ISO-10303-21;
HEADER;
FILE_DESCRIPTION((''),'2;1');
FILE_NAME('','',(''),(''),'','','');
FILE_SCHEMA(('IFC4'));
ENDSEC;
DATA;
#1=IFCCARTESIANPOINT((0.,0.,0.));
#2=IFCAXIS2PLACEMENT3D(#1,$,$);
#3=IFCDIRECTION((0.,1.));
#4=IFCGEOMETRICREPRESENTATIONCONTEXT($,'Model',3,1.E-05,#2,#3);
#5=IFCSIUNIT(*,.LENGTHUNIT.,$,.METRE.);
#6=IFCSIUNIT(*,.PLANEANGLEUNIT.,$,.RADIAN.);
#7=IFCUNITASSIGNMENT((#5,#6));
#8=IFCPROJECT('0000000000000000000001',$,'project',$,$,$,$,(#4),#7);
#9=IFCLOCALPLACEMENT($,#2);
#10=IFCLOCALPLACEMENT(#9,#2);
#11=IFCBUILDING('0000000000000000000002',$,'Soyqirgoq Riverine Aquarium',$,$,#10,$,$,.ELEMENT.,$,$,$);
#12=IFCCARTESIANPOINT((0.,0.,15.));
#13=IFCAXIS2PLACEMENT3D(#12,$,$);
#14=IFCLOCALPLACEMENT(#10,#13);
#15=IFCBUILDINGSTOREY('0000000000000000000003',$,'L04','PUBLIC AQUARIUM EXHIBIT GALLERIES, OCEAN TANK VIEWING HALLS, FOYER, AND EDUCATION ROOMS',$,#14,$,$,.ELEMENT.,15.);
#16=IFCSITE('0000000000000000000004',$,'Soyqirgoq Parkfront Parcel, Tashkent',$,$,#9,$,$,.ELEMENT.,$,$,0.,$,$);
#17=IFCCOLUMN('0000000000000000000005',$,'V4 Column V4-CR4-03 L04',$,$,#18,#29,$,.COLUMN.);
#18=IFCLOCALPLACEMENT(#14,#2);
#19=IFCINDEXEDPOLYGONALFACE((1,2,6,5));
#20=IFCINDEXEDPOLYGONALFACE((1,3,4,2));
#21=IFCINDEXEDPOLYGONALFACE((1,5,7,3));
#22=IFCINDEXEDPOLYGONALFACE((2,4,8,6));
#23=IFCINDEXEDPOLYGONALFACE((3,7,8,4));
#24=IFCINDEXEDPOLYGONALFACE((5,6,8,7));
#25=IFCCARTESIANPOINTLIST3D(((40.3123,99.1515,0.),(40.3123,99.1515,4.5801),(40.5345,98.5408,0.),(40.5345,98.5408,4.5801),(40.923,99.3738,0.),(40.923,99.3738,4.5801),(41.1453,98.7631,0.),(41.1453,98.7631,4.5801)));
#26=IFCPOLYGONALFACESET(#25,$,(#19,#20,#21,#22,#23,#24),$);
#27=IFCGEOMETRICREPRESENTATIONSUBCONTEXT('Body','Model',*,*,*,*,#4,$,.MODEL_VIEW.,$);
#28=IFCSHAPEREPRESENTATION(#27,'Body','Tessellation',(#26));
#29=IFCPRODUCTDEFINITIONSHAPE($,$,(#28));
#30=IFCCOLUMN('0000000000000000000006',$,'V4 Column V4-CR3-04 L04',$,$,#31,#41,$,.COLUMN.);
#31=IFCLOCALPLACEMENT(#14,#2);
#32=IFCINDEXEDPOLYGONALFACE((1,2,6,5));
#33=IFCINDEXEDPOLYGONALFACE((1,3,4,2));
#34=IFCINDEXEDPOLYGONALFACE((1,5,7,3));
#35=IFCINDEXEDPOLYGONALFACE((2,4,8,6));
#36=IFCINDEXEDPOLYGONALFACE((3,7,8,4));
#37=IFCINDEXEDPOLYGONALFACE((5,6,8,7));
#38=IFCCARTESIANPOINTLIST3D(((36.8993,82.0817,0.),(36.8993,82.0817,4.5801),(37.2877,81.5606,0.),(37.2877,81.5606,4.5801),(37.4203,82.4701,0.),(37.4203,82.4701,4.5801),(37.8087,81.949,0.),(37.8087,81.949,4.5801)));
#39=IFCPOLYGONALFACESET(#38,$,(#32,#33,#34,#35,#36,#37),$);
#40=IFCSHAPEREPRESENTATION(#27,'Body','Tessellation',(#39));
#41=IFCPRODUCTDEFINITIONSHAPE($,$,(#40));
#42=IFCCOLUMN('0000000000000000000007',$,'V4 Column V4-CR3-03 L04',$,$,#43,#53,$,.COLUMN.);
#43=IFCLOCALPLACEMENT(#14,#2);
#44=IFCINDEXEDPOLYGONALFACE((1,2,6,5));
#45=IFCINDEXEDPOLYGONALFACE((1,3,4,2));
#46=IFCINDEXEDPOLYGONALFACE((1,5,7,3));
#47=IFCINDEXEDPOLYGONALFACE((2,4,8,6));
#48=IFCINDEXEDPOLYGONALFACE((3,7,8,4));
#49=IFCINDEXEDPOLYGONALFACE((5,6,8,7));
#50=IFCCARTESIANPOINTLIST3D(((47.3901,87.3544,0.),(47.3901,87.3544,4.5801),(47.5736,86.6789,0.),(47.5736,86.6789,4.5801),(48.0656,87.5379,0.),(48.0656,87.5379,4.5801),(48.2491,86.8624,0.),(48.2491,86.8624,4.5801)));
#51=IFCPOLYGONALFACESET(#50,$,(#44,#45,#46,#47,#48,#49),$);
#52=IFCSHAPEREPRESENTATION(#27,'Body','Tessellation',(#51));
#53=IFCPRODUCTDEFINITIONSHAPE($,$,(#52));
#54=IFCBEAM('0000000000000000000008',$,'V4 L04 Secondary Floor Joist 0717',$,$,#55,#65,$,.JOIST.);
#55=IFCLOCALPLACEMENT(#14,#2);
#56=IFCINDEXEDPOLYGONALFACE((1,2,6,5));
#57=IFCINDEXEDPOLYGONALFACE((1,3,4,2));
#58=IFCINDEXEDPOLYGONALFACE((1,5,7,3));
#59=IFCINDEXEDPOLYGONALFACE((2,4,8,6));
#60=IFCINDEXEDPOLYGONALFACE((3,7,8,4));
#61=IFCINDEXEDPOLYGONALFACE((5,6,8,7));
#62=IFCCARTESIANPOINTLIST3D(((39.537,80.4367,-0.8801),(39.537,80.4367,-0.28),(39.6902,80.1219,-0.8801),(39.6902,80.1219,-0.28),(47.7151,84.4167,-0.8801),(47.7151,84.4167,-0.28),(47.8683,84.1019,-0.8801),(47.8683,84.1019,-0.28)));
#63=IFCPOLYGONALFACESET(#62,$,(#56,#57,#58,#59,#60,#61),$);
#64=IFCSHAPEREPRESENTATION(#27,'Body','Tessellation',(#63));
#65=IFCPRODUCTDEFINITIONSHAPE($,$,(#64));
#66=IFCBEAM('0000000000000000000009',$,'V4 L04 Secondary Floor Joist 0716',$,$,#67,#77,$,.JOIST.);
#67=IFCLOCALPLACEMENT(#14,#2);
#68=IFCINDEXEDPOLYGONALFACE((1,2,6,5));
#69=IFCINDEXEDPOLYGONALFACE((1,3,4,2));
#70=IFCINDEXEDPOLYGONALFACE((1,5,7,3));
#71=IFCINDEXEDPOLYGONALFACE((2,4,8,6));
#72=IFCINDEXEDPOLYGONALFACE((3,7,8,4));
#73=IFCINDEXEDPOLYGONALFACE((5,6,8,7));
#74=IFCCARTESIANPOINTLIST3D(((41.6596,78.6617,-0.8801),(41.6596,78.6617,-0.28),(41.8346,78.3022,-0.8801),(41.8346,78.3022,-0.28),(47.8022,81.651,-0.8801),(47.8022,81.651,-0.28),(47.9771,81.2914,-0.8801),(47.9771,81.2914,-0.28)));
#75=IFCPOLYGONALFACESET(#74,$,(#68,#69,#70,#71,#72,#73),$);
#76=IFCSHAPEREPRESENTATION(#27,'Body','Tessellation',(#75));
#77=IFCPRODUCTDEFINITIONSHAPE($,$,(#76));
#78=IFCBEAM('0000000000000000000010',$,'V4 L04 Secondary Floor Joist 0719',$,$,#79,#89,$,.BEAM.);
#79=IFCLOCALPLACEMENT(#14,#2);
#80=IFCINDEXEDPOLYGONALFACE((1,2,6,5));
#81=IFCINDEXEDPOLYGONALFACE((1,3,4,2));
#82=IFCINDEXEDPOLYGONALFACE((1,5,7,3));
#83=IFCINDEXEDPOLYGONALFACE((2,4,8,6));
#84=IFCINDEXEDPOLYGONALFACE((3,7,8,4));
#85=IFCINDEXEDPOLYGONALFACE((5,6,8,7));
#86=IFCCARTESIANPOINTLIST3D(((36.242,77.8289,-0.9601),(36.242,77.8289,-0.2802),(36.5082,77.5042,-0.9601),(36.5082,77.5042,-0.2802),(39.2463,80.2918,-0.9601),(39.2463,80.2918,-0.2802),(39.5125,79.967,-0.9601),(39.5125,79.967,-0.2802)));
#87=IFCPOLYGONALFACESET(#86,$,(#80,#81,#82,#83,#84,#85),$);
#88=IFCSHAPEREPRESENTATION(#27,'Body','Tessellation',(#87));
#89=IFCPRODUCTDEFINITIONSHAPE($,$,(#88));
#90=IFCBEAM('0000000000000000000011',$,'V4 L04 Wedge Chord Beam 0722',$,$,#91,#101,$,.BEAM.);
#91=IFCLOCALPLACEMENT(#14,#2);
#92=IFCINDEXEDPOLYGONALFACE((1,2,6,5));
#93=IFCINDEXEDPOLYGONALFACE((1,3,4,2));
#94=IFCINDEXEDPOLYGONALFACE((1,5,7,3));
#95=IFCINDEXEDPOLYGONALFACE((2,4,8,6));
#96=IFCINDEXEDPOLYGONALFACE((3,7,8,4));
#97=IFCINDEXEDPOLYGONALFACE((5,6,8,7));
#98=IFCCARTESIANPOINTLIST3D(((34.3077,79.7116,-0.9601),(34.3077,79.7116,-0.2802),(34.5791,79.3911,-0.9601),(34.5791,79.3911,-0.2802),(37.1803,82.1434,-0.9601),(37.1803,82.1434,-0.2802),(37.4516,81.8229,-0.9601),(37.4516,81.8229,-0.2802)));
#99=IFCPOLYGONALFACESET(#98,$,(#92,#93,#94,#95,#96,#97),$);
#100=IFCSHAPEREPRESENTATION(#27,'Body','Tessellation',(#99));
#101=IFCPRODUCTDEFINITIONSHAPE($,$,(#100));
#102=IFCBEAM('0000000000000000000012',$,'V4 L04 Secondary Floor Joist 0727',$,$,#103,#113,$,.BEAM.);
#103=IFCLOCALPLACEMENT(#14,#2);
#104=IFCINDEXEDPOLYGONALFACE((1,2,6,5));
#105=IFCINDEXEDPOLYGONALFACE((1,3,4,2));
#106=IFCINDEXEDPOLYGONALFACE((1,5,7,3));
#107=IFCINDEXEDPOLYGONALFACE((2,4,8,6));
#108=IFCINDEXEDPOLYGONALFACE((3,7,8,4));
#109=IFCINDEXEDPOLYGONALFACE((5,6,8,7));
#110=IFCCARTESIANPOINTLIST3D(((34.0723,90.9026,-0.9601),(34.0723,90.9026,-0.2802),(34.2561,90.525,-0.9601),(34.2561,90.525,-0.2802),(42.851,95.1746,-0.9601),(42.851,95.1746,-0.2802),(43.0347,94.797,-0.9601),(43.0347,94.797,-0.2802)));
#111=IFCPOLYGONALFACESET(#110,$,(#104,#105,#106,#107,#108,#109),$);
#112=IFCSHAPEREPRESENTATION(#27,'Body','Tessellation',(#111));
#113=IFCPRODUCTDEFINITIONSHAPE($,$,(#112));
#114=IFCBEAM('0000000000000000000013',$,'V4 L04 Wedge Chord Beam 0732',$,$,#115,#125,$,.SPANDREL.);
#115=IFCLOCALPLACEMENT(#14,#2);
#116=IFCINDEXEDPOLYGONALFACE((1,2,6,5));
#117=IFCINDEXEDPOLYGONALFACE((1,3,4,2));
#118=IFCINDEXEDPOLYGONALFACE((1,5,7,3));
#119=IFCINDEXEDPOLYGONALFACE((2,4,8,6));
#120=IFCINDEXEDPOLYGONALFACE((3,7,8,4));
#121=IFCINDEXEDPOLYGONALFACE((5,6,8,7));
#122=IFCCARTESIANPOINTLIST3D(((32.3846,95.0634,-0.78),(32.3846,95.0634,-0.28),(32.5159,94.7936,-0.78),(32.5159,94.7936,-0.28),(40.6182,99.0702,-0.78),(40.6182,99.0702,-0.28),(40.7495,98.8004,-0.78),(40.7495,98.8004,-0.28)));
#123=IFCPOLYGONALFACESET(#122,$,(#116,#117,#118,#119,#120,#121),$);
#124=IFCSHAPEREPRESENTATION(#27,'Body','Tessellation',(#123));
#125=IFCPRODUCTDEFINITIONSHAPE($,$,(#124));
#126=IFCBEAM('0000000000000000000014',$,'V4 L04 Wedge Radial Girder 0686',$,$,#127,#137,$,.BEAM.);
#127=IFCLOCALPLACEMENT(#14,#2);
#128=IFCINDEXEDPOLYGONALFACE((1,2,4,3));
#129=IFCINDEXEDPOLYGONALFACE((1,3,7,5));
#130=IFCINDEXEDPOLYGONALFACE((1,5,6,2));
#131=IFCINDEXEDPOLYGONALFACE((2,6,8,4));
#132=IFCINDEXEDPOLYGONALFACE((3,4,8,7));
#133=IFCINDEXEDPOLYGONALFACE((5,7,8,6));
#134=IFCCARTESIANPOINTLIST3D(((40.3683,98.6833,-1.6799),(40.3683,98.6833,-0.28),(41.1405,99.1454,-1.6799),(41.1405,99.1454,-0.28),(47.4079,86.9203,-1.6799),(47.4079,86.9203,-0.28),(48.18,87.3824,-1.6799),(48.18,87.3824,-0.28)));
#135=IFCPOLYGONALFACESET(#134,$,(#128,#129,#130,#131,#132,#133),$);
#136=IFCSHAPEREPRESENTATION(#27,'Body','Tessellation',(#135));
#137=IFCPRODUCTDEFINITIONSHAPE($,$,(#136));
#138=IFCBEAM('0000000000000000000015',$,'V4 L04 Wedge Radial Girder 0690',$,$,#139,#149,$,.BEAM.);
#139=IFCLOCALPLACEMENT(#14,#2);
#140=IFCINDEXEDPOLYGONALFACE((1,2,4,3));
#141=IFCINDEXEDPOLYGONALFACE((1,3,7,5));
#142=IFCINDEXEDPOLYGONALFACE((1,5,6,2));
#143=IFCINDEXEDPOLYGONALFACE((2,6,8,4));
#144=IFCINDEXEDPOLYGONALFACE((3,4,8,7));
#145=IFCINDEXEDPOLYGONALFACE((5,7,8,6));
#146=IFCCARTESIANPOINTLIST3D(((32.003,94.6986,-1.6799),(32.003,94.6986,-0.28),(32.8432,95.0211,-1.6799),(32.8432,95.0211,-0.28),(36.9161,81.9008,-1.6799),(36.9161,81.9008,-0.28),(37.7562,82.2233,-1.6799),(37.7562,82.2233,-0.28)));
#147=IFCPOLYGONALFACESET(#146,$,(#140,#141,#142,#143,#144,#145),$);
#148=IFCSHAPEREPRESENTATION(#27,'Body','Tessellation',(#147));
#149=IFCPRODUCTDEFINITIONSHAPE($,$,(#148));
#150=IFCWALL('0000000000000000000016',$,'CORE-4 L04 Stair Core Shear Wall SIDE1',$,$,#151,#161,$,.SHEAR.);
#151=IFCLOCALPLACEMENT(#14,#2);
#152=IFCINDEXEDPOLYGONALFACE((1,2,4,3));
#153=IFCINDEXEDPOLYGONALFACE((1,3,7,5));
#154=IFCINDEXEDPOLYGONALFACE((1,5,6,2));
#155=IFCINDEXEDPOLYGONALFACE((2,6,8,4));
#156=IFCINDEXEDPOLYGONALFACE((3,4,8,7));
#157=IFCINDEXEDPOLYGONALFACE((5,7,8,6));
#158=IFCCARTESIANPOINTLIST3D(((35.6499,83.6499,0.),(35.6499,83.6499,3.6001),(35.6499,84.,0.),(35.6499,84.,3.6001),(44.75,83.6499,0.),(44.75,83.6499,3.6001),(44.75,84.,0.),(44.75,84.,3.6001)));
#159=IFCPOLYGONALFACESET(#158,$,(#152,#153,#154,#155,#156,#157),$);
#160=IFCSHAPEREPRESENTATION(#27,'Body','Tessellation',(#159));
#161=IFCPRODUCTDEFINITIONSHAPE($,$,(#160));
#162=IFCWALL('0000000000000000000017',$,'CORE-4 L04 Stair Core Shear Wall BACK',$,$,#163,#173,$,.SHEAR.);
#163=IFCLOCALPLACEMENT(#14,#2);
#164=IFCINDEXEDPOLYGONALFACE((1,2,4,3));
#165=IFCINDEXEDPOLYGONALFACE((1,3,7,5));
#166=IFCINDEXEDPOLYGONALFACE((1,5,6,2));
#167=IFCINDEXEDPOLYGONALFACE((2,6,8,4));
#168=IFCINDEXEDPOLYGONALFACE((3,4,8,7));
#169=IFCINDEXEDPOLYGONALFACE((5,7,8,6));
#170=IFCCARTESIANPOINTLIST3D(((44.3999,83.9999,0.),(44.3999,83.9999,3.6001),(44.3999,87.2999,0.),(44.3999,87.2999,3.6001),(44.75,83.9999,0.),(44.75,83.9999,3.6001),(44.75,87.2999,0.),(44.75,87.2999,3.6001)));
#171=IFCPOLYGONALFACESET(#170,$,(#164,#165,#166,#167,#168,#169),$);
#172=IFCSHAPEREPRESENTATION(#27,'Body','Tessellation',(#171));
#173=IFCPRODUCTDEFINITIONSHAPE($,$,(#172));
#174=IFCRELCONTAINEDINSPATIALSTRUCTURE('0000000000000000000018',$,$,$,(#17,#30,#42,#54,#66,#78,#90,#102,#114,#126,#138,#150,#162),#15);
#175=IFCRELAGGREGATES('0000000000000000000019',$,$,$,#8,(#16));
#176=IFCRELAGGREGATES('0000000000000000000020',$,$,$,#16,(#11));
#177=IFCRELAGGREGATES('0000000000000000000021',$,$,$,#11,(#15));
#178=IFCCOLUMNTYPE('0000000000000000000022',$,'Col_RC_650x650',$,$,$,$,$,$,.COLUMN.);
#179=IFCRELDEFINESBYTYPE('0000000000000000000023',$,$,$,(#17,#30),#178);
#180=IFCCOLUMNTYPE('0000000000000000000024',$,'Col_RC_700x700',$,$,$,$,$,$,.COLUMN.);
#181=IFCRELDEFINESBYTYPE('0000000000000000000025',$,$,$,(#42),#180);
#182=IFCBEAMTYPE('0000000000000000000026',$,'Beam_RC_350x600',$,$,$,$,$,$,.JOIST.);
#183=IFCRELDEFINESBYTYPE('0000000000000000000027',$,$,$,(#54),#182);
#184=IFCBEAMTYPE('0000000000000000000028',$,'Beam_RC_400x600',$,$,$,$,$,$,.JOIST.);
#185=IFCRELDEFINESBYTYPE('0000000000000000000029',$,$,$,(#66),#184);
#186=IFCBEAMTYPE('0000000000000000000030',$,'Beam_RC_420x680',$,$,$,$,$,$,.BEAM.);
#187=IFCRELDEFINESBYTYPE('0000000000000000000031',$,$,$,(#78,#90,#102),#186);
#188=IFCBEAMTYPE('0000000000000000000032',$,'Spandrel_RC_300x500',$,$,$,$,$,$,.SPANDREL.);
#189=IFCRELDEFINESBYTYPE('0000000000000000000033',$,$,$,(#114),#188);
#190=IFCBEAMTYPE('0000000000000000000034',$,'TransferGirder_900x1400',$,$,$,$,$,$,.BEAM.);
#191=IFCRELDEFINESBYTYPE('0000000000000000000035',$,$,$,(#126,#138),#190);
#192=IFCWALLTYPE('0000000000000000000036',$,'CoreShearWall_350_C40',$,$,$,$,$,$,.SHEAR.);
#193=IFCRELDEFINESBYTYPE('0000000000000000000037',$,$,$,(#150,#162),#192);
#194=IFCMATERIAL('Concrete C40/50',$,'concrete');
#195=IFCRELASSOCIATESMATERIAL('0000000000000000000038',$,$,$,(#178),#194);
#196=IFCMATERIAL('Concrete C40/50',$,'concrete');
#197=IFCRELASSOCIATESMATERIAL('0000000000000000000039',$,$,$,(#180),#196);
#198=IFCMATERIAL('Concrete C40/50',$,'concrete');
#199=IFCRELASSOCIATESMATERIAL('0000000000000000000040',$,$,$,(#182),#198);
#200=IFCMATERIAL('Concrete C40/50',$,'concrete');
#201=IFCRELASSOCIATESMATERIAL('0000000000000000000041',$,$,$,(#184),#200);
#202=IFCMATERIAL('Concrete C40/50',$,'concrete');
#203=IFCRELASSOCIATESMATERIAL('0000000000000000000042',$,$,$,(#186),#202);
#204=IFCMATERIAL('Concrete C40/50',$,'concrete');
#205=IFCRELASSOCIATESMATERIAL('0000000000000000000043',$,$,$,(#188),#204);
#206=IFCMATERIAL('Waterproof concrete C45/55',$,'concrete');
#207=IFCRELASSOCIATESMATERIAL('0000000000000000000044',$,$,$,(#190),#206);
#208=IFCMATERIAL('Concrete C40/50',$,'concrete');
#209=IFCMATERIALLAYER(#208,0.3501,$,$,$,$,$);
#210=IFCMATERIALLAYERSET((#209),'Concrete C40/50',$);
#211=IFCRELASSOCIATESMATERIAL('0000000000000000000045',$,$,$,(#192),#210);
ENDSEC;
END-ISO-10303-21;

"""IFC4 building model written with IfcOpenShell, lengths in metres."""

from ifc_helpers import new_model, si_unit, direction, frame, frame_2d, origin, origin_2d, place, context, subcontext, project, spatial, rectangle, extrude, material, layer, layer_set, material_profile, profile_set, type_object, element, save


model = new_model("IFC4")

# Units and contexts
model_context = context("Model", 3, precision=1e-05, world=origin(), true_north=direction((0.0, 1.0)))
body_context = subcontext(model_context, "Body", "Model", "MODEL_VIEW")
ifc_project = project(units=[si_unit("LENGTHUNIT", "METRE"), si_unit("PLANEANGLEUNIT", "RADIAN")], contexts=[model_context])

# Site, building, storey
site_placement = place(None, origin())
site = spatial("IfcSite", under=ifc_project, at=site_placement, Name="Soyqirgoq Parkfront Parcel, Tashkent", CompositionType="ELEMENT", RefElevation=0.0)
building_placement = place(site_placement, origin())
building = spatial("IfcBuilding", under=site, at=building_placement, Name="Soyqirgoq Riverine Aquarium", CompositionType="ELEMENT")
storey_placement = place(building_placement, frame((0.0, 0.0, 15.0)))
storey = spatial("IfcBuildingStorey", under=building, at=storey_placement, Name="L04", Description="PUBLIC AQUARIUM EXHIBIT GALLERIES, OCEAN TANK VIEWING HALLS, FOYER, AND EDUCATION ROOMS", CompositionType="ELEMENT", Elevation=15.0)

# Columns
ifc_material_1 = material(Name="Concrete C40/50", Category="concrete")
ifc_material_profile_1 = material_profile(ifc_material_1, rectangle(XDim=0.6499, YDim=0.6499, at=origin_2d()), Name="RC 650x650")
ifc_profile_set_1 = profile_set([ifc_material_profile_1], Name="Concrete C40/50")
column_type_1 = type_object("IfcColumnType", Name="Col_RC_650x650", PredefinedType="COLUMN", material=ifc_profile_set_1)
for number, where, z_axis, x_axis, name in (
    (1, (40.7288, 98.9573, 0.0), (0.0, 0.0, 1.0), (-0.34202, 0.939693, 0.0), "V4 Column V4-CR4-03 L04"),
    (2, (37.354, 82.0154, 0.0), (0.0, 0.0, 1.0), (-0.597625, 0.801776, 0.0), "V4 Column V4-CR3-04 L04"),
):
    element("IfcColumn", number, at=place(storey_placement, frame(where, z_axis=z_axis, x_axis=x_axis)), inside=storey, type_object=column_type_1, Name=name, PredefinedType="COLUMN", context=body_context, shape_type="SweptSolid", body=[
        extrude(rectangle(XDim=0.6499, YDim=0.6499, at=origin_2d()), origin(), (0.0, 0.0, 1.0), 4.5801),
    ])
ifc_material_2 = material(Name="Concrete C40/50", Category="concrete")
ifc_material_profile_2 = material_profile(ifc_material_2, rectangle(XDim=0.7, YDim=0.7, at=origin_2d()), Name="RC 700x700")
ifc_profile_set_2 = profile_set([ifc_material_profile_2], Name="Concrete C40/50")
column_type_2 = type_object("IfcColumnType", Name="Col_RC_700x700", PredefinedType="COLUMN", material=ifc_profile_set_2)
column_placement = place(storey_placement, frame((47.8196, 87.1084, 0.0), z_axis=(0.0, 0.0, 1.0), x_axis=(-0.262189, 0.965016, 0.0)))
element("IfcColumn", 3, at=column_placement, inside=storey, type_object=column_type_2, Name="V4 Column V4-CR3-03 L04", PredefinedType="COLUMN", context=body_context, shape_type="SweptSolid", body=[
    extrude(rectangle(XDim=0.7, YDim=0.7, at=origin_2d()), origin(), (0.0, 0.0, 1.0), 4.5801),
])

# Beams
ifc_material_3 = material(Name="Concrete C40/50", Category="concrete")
ifc_material_profile_3 = material_profile(ifc_material_3, rectangle(XDim=0.3501, YDim=0.6001, at=origin_2d()), Name="RC 350x600")
ifc_profile_set_3 = profile_set([ifc_material_profile_3], Name="Concrete C40/50")
beam_type_1 = type_object("IfcBeamType", Name="Beam_RC_350x600", PredefinedType="JOIST", material=ifc_profile_set_3)
beam_1_placement = place(storey_placement, frame((47.7917, 84.2593, -0.5801), z_axis=(-0.899175, -0.437589, 0.0), x_axis=(0.437589, -0.899175, 0.0)))
element("IfcBeam", 4, at=beam_1_placement, inside=storey, type_object=beam_type_1, Name="V4 L04 Secondary Floor Joist 0717", PredefinedType="JOIST", context=body_context, shape_type="SweptSolid", body=[
    extrude(rectangle(XDim=0.3501, YDim=0.6001, at=origin_2d()), origin(), (0.0, 0.0, 1.0), 9.0952),
])
ifc_material_4 = material(Name="Concrete C40/50", Category="concrete")
ifc_material_profile_4 = material_profile(ifc_material_4, rectangle(XDim=0.3999, YDim=0.6001, at=origin_2d()), Name="RC 400x600")
ifc_profile_set_4 = profile_set([ifc_material_profile_4], Name="Concrete C40/50")
beam_type_2 = type_object("IfcBeamType", Name="Beam_RC_400x600", PredefinedType="JOIST", material=ifc_profile_set_4)
beam_2_placement = place(storey_placement, frame((47.8896, 81.4712, -0.5801), z_axis=(-0.899179, -0.437581, 0.0), x_axis=(0.437581, -0.899179, 0.0)))
element("IfcBeam", 5, at=beam_2_placement, inside=storey, type_object=beam_type_2, Name="V4 L04 Secondary Floor Joist 0716", PredefinedType="JOIST", context=body_context, shape_type="SweptSolid", body=[
    extrude(rectangle(XDim=0.3999, YDim=0.6001, at=origin_2d()), origin(), (0.0, 0.0, 1.0), 6.8313),
])
ifc_material_5 = material(Name="Concrete C40/50", Category="concrete")
ifc_material_profile_5 = material_profile(ifc_material_5, rectangle(XDim=0.4199, YDim=0.6799, at=origin_2d()), Name="RC 420x680")
ifc_profile_set_5 = profile_set([ifc_material_profile_5], Name="Concrete C40/50")
beam_type_3 = type_object("IfcBeamType", Name="Beam_RC_420x680", PredefinedType="BEAM", material=ifc_profile_set_5)
beam_3_placement = place(storey_placement, frame((39.3794, 80.1294, -0.6201), z_axis=(-0.773358, -0.63397, 0.0), x_axis=(0.63397, -0.773358, 0.0)))
element("IfcBeam", 6, at=beam_3_placement, inside=storey, type_object=beam_type_3, Name="V4 L04 Secondary Floor Joist 0719", PredefinedType="BEAM", context=body_context, shape_type="SweptSolid", body=[
    extrude(rectangle(XDim=0.4199, YDim=0.6799, at=origin_2d()), origin(), (0.0, 0.0, 1.0), 3.8848),
])
beam_4_placement = place(storey_placement, frame((37.3159, 81.9832, -0.6201), z_axis=(-0.763221, -0.646137, 0.0), x_axis=(0.646137, -0.763221, 0.0)))
element("IfcBeam", 7, at=beam_4_placement, inside=storey, type_object=beam_type_3, Name="V4 L04 Wedge Chord Beam 0722", PredefinedType="BEAM", context=body_context, shape_type="SweptSolid", body=[
    extrude(rectangle(XDim=0.4199, YDim=0.6799, at=origin_2d()), origin(), (0.0, 0.0, 1.0), 3.7637),
])
beam_5_placement = place(storey_placement, frame((42.9429, 94.9858, -0.6201), z_axis=(-0.899182, -0.437575, 0.0), x_axis=(0.437575, -0.899182, 0.0)))
element("IfcBeam", 8, at=beam_5_placement, inside=storey, type_object=beam_type_3, Name="V4 L04 Secondary Floor Joist 0727", PredefinedType="BEAM", context=body_context, shape_type="SweptSolid", body=[
    extrude(rectangle(XDim=0.4199, YDim=0.6799, at=origin_2d()), origin(), (0.0, 0.0, 1.0), 9.7629),
])
ifc_material_6 = material(Name="Concrete C40/50", Category="concrete")
ifc_material_profile_6 = material_profile(ifc_material_6, rectangle(XDim=0.3, YDim=0.5, at=origin_2d()), Name="RC 300x500")
ifc_profile_set_6 = profile_set([ifc_material_profile_6], Name="Concrete C40/50")
beam_type_4 = type_object("IfcBeamType", Name="Spandrel_RC_300x500", PredefinedType="SPANDREL", material=ifc_profile_set_6)
beam_6_placement = place(storey_placement, frame((40.6838, 98.9353, -0.53), z_axis=(-0.89918, -0.437579, 0.0), x_axis=(0.437579, -0.89918, 0.0)))
element("IfcBeam", 9, at=beam_6_placement, inside=storey, type_object=beam_type_4, Name="V4 L04 Wedge Chord Beam 0732", PredefinedType="SPANDREL", context=body_context, shape_type="SweptSolid", body=[
    extrude(rectangle(XDim=0.3, YDim=0.5, at=origin_2d()), origin(), (0.0, 0.0, 1.0), 9.1567),
])
ifc_material_7 = material(Name="Waterproof concrete C45/55", Category="concrete")
ifc_material_profile_7 = material_profile(ifc_material_7, rectangle(XDim=0.8999, YDim=1.3999, at=origin_2d()), Name="RC 900x1400")
ifc_profile_set_7 = profile_set([ifc_material_profile_7], Name="Waterproof concrete C45/55")
beam_type_5 = type_object("IfcBeamType", Name="TransferGirder_900x1400", PredefinedType="BEAM", material=ifc_profile_set_7)
for number, where, z_axis, x_axis, name in (
    (10, (47.7939, 87.1514, -0.98), (-0.513519, 0.858079, 0.0), (-0.858079, -0.513519, 0.0), "V4 L04 Wedge Radial Girder 0686"),
    (11, (37.3362, 82.062, -0.98), (-0.358397, 0.933569, 0.0), (-0.933569, -0.358397, 0.0), "V4 L04 Wedge Radial Girder 0690"),
):
    element("IfcBeam", number, at=place(storey_placement, frame(where, z_axis=z_axis, x_axis=x_axis)), inside=storey, type_object=beam_type_5, Name=name, PredefinedType="BEAM", context=body_context, shape_type="SweptSolid", body=[
        extrude(rectangle(XDim=0.8999, YDim=1.3999, at=origin_2d()), origin(), (0.0, 0.0, 1.0), 13.7085),
    ])

# Walls
ifc_material_8 = material(Name="Concrete C40/50", Category="concrete")
ifc_layer_1 = layer(ifc_material_8, 0.3501)
ifc_layer_set_1 = layer_set([ifc_layer_1], Name="Concrete C40/50")
wall_type_1 = type_object("IfcWallType", Name="CoreShearWall_350_C40", PredefinedType="SHEAR", material=ifc_layer_set_1)
wall_1_placement = place(storey_placement, frame((35.6499, 83.825, 0.0), z_axis=(0.0, 0.0, 1.0), x_axis=(1.0, 0.0, 0.0)))
element("IfcWall", 12, at=wall_1_placement, inside=storey, type_object=wall_type_1, Name="CORE-4 L04 Stair Core Shear Wall SIDE1", PredefinedType="SHEAR", context=body_context, shape_type="SweptSolid", body=[
    extrude(rectangle(XDim=9.1001, YDim=0.3501, at=frame_2d((4.55, 0.0))), origin(), (0.0, 0.0, 1.0), 3.6001),
])
wall_2_placement = place(storey_placement, frame((44.575, 84.0, 0.0), z_axis=(0.0, 0.0, 1.0), x_axis=(0.0, 1.0, 0.0)))
element("IfcWall", 13, at=wall_2_placement, inside=storey, type_object=wall_type_1, Name="CORE-4 L04 Stair Core Shear Wall BACK", PredefinedType="SHEAR", context=body_context, shape_type="SweptSolid", body=[
    extrude(rectangle(XDim=3.3, YDim=0.3501, at=frame_2d((1.6499, 0.0))), origin(), (0.0, 0.0, 1.0), 3.6001),
])

save(model, "model.ifc")
